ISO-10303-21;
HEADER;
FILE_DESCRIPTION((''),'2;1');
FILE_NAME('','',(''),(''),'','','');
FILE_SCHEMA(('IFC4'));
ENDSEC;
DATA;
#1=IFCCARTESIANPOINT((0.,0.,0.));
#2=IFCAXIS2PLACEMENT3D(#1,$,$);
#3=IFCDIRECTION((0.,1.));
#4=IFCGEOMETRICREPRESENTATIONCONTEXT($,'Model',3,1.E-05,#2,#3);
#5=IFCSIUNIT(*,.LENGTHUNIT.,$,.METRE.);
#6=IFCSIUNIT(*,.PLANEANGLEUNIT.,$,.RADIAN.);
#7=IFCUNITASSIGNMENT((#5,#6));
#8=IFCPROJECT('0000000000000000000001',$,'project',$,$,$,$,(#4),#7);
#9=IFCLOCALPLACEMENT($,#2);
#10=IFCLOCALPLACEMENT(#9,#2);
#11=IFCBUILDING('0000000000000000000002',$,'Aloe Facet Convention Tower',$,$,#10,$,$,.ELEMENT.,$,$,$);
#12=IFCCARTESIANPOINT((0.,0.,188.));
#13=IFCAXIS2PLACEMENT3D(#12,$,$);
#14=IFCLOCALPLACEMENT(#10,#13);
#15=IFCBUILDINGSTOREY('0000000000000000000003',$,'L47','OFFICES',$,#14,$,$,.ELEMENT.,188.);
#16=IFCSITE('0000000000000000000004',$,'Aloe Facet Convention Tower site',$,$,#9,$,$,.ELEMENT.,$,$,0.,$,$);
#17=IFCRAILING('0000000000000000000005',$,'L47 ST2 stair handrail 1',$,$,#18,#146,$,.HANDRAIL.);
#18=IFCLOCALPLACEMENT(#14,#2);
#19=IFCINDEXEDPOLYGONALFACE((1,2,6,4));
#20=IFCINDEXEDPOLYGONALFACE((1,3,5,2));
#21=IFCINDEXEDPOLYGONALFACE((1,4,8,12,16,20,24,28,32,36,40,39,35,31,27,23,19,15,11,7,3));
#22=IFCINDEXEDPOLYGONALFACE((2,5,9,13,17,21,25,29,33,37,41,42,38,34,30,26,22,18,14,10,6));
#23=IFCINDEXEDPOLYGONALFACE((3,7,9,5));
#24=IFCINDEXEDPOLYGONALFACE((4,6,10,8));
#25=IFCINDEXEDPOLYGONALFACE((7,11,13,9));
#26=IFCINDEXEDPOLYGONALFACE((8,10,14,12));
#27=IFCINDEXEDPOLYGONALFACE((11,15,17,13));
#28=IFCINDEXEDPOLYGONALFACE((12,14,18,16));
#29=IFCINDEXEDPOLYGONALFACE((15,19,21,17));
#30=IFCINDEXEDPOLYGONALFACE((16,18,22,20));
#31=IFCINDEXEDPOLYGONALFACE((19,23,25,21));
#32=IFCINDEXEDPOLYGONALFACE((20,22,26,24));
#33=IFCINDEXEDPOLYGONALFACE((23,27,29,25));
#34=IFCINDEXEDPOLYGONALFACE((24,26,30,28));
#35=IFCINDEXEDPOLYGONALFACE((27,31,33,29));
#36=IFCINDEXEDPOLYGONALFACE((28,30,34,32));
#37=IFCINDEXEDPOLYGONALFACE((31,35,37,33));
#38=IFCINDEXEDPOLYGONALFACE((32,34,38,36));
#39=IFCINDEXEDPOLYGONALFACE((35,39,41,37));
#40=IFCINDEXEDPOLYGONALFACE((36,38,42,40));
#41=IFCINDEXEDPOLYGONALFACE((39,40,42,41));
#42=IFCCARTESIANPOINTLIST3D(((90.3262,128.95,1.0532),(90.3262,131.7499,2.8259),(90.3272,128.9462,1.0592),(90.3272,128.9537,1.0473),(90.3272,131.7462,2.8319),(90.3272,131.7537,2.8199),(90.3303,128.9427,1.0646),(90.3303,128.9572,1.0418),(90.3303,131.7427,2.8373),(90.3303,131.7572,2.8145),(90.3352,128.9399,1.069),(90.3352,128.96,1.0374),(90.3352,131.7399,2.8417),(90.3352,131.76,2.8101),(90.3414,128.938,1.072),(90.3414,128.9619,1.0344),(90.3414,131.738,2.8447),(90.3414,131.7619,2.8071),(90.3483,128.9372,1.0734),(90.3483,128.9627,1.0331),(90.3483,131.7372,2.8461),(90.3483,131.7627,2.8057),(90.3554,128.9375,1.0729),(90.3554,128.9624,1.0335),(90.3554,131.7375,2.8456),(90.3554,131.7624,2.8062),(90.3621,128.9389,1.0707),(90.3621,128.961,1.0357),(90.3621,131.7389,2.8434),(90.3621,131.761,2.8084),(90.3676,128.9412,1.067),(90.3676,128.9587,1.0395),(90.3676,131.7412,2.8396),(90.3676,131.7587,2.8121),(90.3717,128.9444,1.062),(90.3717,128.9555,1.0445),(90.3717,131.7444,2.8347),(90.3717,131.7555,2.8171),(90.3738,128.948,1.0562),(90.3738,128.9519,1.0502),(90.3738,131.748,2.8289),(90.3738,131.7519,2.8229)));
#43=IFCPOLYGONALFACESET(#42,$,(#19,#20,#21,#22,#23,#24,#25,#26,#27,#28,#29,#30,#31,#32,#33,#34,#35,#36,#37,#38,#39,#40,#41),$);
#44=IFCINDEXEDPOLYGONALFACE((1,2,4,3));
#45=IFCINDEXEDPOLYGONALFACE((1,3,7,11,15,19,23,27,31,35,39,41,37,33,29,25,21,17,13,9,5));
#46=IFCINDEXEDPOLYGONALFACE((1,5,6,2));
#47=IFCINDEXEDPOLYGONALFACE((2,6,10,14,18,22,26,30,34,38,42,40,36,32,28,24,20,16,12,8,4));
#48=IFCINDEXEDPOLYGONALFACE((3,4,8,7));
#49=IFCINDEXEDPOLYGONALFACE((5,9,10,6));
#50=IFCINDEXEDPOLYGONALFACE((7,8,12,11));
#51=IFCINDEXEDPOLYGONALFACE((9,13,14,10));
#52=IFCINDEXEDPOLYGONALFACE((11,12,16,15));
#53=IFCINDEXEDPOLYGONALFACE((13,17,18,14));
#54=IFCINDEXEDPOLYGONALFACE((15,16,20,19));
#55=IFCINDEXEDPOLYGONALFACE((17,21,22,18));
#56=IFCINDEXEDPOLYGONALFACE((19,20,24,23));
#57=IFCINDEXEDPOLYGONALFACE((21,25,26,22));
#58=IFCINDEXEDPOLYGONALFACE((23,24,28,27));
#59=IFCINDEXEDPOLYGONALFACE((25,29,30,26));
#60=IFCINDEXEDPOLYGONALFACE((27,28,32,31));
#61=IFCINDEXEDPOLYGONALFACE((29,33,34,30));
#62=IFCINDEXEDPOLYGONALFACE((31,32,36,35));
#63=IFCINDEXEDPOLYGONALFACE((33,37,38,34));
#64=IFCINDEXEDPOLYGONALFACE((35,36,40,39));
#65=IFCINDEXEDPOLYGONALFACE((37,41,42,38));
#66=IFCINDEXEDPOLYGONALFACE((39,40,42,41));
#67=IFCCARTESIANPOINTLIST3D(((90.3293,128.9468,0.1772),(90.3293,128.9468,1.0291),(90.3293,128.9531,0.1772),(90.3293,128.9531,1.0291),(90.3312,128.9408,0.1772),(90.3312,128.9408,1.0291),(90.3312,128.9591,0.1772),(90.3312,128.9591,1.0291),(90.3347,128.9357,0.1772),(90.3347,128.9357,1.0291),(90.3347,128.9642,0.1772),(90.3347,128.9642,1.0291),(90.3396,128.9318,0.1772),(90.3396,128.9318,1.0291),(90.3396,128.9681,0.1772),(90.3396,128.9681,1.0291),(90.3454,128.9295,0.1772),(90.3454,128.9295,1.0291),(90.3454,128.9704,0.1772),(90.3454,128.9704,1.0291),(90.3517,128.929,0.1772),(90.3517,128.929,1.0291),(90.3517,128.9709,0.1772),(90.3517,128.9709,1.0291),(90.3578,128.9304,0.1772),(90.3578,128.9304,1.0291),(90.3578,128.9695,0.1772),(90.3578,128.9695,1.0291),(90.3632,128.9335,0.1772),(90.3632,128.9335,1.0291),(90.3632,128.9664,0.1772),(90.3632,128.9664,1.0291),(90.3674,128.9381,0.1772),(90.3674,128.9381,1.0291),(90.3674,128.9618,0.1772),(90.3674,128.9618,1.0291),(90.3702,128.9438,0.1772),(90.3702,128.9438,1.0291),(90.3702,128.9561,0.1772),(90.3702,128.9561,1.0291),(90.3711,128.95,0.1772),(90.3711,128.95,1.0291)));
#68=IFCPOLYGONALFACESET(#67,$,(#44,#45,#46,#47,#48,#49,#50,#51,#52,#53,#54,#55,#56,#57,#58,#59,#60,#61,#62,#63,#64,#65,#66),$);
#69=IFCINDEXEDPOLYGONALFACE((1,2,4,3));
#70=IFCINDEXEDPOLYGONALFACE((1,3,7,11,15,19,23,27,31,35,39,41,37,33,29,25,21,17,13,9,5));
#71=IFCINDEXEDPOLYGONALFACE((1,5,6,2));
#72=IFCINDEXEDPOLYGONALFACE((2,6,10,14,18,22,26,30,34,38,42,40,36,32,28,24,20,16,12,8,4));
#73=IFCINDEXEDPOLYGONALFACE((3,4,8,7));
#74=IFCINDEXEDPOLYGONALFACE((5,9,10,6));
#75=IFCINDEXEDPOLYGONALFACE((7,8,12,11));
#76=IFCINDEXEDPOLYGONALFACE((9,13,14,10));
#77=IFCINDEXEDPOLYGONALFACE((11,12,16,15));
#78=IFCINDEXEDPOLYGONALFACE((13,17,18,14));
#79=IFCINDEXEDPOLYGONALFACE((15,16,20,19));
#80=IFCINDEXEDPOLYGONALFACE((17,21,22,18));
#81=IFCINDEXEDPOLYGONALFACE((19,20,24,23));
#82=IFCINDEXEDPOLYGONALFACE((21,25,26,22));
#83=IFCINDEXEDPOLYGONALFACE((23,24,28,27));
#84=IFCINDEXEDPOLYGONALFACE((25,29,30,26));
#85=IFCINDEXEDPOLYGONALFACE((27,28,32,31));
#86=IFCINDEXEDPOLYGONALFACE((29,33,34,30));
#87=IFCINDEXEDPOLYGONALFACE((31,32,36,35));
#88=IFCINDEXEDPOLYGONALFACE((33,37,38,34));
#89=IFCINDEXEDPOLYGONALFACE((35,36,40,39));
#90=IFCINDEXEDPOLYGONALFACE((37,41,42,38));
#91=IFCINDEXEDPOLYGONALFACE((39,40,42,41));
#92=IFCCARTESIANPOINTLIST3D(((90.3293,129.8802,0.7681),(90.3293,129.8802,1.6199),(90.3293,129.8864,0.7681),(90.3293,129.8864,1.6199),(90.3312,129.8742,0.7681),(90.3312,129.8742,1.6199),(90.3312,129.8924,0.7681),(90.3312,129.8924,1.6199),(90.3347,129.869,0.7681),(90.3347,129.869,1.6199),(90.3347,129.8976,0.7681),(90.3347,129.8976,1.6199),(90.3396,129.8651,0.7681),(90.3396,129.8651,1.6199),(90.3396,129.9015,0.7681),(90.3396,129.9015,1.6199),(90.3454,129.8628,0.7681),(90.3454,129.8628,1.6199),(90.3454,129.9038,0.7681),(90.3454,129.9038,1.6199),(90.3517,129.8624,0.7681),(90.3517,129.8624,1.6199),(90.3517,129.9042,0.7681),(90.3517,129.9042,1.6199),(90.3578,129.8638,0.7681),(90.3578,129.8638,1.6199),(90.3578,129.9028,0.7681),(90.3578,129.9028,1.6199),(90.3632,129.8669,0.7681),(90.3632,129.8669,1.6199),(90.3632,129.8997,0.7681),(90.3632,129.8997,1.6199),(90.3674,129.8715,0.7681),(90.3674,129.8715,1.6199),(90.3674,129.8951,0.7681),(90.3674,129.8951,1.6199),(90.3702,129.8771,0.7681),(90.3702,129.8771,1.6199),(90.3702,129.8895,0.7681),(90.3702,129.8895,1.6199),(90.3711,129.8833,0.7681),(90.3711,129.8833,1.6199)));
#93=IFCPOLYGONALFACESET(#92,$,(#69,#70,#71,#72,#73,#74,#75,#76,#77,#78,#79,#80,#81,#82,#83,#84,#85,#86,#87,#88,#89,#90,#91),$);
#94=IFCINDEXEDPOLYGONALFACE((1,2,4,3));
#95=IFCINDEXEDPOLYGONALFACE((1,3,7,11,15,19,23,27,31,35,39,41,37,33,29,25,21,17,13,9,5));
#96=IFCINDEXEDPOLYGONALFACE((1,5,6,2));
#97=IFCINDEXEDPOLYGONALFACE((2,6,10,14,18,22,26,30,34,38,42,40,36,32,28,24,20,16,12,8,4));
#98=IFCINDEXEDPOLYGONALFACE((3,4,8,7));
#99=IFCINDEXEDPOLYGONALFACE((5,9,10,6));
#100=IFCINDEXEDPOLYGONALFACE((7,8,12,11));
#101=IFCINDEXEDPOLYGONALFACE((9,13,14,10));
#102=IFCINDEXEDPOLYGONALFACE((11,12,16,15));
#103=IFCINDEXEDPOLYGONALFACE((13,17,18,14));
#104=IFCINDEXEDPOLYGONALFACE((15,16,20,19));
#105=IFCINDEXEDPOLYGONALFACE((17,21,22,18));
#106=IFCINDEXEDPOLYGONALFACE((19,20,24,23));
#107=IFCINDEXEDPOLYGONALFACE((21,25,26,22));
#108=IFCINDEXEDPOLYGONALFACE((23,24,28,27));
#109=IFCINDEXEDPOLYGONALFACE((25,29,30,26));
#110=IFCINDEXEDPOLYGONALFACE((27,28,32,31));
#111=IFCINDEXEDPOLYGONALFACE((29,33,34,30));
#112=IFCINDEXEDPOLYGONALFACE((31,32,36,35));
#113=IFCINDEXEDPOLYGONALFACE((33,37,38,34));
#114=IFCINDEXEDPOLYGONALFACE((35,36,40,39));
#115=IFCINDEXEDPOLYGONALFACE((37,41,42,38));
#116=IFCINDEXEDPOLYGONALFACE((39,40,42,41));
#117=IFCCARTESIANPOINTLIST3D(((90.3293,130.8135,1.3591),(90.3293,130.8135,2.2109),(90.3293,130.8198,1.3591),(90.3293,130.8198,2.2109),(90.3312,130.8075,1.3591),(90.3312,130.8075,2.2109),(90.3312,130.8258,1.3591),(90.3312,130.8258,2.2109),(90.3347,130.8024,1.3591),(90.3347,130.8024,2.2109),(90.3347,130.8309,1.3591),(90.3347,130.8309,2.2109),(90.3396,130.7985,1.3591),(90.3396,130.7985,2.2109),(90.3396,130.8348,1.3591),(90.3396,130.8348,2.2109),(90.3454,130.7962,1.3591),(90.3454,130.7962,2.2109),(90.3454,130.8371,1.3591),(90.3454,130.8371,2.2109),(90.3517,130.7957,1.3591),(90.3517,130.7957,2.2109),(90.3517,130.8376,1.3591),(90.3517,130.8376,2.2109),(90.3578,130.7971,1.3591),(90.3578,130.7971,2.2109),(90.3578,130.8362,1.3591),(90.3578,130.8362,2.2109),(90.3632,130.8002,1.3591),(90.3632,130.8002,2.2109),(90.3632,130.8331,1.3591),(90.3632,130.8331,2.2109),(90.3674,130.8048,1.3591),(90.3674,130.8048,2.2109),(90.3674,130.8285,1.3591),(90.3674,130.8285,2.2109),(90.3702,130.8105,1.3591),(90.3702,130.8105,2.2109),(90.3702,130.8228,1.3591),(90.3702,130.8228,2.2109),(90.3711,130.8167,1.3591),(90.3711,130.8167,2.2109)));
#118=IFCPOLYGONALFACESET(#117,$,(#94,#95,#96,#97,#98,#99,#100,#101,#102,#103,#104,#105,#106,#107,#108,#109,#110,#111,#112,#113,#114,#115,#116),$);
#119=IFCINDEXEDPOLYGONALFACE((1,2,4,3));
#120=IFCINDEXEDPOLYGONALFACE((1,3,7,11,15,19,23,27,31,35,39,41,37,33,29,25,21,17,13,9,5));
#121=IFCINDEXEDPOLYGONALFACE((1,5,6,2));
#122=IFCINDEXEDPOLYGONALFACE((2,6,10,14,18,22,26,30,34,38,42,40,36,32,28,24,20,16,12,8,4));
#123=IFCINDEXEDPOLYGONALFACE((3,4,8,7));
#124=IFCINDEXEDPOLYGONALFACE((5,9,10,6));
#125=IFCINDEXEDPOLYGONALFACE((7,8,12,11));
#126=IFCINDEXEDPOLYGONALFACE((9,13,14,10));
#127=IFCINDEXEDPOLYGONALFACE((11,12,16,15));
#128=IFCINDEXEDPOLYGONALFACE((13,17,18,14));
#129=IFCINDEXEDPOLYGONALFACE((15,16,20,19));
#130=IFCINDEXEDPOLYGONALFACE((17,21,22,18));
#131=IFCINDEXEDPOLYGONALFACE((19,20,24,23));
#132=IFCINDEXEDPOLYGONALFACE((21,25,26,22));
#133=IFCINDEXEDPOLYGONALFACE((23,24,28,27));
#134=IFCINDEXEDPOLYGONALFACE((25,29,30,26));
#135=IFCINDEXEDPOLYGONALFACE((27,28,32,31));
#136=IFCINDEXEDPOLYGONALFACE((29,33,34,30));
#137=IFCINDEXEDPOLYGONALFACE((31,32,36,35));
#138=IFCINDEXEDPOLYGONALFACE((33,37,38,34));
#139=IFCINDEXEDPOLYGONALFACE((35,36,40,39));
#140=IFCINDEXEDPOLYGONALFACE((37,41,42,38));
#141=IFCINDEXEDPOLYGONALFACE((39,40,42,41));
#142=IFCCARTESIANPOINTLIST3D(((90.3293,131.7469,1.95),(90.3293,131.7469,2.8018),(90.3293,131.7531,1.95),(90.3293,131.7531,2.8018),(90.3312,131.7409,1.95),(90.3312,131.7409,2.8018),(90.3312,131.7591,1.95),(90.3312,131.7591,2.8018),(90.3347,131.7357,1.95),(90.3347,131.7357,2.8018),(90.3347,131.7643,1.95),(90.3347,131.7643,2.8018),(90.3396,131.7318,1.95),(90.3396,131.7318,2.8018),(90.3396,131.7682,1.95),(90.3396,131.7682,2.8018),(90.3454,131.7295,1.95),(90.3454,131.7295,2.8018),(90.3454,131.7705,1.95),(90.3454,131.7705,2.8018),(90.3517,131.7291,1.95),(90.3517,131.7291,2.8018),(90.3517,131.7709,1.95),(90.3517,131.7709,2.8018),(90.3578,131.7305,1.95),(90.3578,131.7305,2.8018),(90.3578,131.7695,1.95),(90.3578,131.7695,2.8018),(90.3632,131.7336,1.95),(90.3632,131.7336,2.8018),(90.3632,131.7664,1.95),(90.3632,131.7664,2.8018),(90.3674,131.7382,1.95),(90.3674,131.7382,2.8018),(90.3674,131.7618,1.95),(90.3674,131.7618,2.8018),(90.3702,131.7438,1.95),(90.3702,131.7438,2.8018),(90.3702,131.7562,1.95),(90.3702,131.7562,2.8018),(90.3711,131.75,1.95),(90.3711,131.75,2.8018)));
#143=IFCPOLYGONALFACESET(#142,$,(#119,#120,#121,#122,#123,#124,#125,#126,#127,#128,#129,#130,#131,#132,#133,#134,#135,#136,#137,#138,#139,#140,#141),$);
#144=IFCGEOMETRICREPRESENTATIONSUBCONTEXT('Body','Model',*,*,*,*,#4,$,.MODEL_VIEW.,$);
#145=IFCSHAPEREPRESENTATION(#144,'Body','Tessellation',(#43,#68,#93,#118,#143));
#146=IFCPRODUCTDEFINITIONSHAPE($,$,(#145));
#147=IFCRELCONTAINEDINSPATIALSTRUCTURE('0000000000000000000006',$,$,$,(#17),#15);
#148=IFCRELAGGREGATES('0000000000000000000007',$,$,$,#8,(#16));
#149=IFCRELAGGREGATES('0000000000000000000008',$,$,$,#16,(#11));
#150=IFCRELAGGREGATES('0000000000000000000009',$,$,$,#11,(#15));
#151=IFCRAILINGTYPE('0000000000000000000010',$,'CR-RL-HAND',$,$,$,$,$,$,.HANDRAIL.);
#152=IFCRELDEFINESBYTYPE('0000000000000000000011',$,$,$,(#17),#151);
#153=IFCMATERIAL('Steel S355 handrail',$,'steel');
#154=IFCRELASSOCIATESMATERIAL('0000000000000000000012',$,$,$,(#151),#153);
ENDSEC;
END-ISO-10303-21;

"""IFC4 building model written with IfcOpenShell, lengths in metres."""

from ifc_helpers import new_model, si_unit, direction, frame, origin, origin_2d, place, context, subcontext, project, spatial, circle, extrude, material, type_object, element, save


model = new_model("IFC4")

# Units and contexts
model_context = context("Model", 3, precision=1e-05, world=origin(), true_north=direction((0.0, 1.0)))
body_context = subcontext(model_context, "Body", "Model", "MODEL_VIEW")
ifc_project = project(units=[si_unit("LENGTHUNIT", "METRE"), si_unit("PLANEANGLEUNIT", "RADIAN")], contexts=[model_context])

# Site, building, storey
site_placement = place(None, origin())
site = spatial("IfcSite", under=ifc_project, at=site_placement, Name="Aloe Facet Convention Tower site", CompositionType="ELEMENT", RefElevation=0.0)
building_placement = place(site_placement, origin())
building = spatial("IfcBuilding", under=site, at=building_placement, Name="Aloe Facet Convention Tower", CompositionType="ELEMENT")
storey_placement = place(building_placement, frame((0.0, 0.0, 188.0)))
storey = spatial("IfcBuildingStorey", under=building, at=storey_placement, Name="L47", Description="OFFICES", CompositionType="ELEMENT", Elevation=188.0)

# Railing
ifc_material_1 = material(Name="Steel S355 handrail", Category="steel")
railing_type_1 = type_object("IfcRailingType", Name="CR-RL-HAND", PredefinedType="HANDRAIL", material=ifc_material_1)
railing_1_placement = place(storey_placement, frame((90.3501, 128.95, 0.1772)))
element("IfcRailing", 1, at=railing_1_placement, inside=storey, type_object=railing_type_1, Name="L47 ST2 stair handrail 1", PredefinedType="HANDRAIL", context=body_context, shape_type="SweptSolid", body=[
    extrude(circle(Radius=0.0239, at=origin_2d()), frame((0.0, 0.0, 0.876), z_axis=(0.0, 0.844909, 0.53491), x_axis=(-1.0, 0.0, 0.0)), (0.0, 0.0, 1.0), 3.314),
    extrude(circle(Radius=0.021, at=origin_2d()), origin(), (0.0, 0.0, 1.0), 0.8518),
    extrude(circle(Radius=0.021, at=origin_2d()), frame((0.0, 0.9333, 0.5908)), (0.0, 0.0, 1.0), 0.8518),
    extrude(circle(Radius=0.021, at=origin_2d()), frame((0.0, 1.8667, 1.1819)), (0.0, 0.0, 1.0), 0.8518),
    extrude(circle(Radius=0.021, at=origin_2d()), frame((0.0, 2.8, 1.7727)), (0.0, 0.0, 1.0), 0.8518),
])

save(model, "model.ifc")
